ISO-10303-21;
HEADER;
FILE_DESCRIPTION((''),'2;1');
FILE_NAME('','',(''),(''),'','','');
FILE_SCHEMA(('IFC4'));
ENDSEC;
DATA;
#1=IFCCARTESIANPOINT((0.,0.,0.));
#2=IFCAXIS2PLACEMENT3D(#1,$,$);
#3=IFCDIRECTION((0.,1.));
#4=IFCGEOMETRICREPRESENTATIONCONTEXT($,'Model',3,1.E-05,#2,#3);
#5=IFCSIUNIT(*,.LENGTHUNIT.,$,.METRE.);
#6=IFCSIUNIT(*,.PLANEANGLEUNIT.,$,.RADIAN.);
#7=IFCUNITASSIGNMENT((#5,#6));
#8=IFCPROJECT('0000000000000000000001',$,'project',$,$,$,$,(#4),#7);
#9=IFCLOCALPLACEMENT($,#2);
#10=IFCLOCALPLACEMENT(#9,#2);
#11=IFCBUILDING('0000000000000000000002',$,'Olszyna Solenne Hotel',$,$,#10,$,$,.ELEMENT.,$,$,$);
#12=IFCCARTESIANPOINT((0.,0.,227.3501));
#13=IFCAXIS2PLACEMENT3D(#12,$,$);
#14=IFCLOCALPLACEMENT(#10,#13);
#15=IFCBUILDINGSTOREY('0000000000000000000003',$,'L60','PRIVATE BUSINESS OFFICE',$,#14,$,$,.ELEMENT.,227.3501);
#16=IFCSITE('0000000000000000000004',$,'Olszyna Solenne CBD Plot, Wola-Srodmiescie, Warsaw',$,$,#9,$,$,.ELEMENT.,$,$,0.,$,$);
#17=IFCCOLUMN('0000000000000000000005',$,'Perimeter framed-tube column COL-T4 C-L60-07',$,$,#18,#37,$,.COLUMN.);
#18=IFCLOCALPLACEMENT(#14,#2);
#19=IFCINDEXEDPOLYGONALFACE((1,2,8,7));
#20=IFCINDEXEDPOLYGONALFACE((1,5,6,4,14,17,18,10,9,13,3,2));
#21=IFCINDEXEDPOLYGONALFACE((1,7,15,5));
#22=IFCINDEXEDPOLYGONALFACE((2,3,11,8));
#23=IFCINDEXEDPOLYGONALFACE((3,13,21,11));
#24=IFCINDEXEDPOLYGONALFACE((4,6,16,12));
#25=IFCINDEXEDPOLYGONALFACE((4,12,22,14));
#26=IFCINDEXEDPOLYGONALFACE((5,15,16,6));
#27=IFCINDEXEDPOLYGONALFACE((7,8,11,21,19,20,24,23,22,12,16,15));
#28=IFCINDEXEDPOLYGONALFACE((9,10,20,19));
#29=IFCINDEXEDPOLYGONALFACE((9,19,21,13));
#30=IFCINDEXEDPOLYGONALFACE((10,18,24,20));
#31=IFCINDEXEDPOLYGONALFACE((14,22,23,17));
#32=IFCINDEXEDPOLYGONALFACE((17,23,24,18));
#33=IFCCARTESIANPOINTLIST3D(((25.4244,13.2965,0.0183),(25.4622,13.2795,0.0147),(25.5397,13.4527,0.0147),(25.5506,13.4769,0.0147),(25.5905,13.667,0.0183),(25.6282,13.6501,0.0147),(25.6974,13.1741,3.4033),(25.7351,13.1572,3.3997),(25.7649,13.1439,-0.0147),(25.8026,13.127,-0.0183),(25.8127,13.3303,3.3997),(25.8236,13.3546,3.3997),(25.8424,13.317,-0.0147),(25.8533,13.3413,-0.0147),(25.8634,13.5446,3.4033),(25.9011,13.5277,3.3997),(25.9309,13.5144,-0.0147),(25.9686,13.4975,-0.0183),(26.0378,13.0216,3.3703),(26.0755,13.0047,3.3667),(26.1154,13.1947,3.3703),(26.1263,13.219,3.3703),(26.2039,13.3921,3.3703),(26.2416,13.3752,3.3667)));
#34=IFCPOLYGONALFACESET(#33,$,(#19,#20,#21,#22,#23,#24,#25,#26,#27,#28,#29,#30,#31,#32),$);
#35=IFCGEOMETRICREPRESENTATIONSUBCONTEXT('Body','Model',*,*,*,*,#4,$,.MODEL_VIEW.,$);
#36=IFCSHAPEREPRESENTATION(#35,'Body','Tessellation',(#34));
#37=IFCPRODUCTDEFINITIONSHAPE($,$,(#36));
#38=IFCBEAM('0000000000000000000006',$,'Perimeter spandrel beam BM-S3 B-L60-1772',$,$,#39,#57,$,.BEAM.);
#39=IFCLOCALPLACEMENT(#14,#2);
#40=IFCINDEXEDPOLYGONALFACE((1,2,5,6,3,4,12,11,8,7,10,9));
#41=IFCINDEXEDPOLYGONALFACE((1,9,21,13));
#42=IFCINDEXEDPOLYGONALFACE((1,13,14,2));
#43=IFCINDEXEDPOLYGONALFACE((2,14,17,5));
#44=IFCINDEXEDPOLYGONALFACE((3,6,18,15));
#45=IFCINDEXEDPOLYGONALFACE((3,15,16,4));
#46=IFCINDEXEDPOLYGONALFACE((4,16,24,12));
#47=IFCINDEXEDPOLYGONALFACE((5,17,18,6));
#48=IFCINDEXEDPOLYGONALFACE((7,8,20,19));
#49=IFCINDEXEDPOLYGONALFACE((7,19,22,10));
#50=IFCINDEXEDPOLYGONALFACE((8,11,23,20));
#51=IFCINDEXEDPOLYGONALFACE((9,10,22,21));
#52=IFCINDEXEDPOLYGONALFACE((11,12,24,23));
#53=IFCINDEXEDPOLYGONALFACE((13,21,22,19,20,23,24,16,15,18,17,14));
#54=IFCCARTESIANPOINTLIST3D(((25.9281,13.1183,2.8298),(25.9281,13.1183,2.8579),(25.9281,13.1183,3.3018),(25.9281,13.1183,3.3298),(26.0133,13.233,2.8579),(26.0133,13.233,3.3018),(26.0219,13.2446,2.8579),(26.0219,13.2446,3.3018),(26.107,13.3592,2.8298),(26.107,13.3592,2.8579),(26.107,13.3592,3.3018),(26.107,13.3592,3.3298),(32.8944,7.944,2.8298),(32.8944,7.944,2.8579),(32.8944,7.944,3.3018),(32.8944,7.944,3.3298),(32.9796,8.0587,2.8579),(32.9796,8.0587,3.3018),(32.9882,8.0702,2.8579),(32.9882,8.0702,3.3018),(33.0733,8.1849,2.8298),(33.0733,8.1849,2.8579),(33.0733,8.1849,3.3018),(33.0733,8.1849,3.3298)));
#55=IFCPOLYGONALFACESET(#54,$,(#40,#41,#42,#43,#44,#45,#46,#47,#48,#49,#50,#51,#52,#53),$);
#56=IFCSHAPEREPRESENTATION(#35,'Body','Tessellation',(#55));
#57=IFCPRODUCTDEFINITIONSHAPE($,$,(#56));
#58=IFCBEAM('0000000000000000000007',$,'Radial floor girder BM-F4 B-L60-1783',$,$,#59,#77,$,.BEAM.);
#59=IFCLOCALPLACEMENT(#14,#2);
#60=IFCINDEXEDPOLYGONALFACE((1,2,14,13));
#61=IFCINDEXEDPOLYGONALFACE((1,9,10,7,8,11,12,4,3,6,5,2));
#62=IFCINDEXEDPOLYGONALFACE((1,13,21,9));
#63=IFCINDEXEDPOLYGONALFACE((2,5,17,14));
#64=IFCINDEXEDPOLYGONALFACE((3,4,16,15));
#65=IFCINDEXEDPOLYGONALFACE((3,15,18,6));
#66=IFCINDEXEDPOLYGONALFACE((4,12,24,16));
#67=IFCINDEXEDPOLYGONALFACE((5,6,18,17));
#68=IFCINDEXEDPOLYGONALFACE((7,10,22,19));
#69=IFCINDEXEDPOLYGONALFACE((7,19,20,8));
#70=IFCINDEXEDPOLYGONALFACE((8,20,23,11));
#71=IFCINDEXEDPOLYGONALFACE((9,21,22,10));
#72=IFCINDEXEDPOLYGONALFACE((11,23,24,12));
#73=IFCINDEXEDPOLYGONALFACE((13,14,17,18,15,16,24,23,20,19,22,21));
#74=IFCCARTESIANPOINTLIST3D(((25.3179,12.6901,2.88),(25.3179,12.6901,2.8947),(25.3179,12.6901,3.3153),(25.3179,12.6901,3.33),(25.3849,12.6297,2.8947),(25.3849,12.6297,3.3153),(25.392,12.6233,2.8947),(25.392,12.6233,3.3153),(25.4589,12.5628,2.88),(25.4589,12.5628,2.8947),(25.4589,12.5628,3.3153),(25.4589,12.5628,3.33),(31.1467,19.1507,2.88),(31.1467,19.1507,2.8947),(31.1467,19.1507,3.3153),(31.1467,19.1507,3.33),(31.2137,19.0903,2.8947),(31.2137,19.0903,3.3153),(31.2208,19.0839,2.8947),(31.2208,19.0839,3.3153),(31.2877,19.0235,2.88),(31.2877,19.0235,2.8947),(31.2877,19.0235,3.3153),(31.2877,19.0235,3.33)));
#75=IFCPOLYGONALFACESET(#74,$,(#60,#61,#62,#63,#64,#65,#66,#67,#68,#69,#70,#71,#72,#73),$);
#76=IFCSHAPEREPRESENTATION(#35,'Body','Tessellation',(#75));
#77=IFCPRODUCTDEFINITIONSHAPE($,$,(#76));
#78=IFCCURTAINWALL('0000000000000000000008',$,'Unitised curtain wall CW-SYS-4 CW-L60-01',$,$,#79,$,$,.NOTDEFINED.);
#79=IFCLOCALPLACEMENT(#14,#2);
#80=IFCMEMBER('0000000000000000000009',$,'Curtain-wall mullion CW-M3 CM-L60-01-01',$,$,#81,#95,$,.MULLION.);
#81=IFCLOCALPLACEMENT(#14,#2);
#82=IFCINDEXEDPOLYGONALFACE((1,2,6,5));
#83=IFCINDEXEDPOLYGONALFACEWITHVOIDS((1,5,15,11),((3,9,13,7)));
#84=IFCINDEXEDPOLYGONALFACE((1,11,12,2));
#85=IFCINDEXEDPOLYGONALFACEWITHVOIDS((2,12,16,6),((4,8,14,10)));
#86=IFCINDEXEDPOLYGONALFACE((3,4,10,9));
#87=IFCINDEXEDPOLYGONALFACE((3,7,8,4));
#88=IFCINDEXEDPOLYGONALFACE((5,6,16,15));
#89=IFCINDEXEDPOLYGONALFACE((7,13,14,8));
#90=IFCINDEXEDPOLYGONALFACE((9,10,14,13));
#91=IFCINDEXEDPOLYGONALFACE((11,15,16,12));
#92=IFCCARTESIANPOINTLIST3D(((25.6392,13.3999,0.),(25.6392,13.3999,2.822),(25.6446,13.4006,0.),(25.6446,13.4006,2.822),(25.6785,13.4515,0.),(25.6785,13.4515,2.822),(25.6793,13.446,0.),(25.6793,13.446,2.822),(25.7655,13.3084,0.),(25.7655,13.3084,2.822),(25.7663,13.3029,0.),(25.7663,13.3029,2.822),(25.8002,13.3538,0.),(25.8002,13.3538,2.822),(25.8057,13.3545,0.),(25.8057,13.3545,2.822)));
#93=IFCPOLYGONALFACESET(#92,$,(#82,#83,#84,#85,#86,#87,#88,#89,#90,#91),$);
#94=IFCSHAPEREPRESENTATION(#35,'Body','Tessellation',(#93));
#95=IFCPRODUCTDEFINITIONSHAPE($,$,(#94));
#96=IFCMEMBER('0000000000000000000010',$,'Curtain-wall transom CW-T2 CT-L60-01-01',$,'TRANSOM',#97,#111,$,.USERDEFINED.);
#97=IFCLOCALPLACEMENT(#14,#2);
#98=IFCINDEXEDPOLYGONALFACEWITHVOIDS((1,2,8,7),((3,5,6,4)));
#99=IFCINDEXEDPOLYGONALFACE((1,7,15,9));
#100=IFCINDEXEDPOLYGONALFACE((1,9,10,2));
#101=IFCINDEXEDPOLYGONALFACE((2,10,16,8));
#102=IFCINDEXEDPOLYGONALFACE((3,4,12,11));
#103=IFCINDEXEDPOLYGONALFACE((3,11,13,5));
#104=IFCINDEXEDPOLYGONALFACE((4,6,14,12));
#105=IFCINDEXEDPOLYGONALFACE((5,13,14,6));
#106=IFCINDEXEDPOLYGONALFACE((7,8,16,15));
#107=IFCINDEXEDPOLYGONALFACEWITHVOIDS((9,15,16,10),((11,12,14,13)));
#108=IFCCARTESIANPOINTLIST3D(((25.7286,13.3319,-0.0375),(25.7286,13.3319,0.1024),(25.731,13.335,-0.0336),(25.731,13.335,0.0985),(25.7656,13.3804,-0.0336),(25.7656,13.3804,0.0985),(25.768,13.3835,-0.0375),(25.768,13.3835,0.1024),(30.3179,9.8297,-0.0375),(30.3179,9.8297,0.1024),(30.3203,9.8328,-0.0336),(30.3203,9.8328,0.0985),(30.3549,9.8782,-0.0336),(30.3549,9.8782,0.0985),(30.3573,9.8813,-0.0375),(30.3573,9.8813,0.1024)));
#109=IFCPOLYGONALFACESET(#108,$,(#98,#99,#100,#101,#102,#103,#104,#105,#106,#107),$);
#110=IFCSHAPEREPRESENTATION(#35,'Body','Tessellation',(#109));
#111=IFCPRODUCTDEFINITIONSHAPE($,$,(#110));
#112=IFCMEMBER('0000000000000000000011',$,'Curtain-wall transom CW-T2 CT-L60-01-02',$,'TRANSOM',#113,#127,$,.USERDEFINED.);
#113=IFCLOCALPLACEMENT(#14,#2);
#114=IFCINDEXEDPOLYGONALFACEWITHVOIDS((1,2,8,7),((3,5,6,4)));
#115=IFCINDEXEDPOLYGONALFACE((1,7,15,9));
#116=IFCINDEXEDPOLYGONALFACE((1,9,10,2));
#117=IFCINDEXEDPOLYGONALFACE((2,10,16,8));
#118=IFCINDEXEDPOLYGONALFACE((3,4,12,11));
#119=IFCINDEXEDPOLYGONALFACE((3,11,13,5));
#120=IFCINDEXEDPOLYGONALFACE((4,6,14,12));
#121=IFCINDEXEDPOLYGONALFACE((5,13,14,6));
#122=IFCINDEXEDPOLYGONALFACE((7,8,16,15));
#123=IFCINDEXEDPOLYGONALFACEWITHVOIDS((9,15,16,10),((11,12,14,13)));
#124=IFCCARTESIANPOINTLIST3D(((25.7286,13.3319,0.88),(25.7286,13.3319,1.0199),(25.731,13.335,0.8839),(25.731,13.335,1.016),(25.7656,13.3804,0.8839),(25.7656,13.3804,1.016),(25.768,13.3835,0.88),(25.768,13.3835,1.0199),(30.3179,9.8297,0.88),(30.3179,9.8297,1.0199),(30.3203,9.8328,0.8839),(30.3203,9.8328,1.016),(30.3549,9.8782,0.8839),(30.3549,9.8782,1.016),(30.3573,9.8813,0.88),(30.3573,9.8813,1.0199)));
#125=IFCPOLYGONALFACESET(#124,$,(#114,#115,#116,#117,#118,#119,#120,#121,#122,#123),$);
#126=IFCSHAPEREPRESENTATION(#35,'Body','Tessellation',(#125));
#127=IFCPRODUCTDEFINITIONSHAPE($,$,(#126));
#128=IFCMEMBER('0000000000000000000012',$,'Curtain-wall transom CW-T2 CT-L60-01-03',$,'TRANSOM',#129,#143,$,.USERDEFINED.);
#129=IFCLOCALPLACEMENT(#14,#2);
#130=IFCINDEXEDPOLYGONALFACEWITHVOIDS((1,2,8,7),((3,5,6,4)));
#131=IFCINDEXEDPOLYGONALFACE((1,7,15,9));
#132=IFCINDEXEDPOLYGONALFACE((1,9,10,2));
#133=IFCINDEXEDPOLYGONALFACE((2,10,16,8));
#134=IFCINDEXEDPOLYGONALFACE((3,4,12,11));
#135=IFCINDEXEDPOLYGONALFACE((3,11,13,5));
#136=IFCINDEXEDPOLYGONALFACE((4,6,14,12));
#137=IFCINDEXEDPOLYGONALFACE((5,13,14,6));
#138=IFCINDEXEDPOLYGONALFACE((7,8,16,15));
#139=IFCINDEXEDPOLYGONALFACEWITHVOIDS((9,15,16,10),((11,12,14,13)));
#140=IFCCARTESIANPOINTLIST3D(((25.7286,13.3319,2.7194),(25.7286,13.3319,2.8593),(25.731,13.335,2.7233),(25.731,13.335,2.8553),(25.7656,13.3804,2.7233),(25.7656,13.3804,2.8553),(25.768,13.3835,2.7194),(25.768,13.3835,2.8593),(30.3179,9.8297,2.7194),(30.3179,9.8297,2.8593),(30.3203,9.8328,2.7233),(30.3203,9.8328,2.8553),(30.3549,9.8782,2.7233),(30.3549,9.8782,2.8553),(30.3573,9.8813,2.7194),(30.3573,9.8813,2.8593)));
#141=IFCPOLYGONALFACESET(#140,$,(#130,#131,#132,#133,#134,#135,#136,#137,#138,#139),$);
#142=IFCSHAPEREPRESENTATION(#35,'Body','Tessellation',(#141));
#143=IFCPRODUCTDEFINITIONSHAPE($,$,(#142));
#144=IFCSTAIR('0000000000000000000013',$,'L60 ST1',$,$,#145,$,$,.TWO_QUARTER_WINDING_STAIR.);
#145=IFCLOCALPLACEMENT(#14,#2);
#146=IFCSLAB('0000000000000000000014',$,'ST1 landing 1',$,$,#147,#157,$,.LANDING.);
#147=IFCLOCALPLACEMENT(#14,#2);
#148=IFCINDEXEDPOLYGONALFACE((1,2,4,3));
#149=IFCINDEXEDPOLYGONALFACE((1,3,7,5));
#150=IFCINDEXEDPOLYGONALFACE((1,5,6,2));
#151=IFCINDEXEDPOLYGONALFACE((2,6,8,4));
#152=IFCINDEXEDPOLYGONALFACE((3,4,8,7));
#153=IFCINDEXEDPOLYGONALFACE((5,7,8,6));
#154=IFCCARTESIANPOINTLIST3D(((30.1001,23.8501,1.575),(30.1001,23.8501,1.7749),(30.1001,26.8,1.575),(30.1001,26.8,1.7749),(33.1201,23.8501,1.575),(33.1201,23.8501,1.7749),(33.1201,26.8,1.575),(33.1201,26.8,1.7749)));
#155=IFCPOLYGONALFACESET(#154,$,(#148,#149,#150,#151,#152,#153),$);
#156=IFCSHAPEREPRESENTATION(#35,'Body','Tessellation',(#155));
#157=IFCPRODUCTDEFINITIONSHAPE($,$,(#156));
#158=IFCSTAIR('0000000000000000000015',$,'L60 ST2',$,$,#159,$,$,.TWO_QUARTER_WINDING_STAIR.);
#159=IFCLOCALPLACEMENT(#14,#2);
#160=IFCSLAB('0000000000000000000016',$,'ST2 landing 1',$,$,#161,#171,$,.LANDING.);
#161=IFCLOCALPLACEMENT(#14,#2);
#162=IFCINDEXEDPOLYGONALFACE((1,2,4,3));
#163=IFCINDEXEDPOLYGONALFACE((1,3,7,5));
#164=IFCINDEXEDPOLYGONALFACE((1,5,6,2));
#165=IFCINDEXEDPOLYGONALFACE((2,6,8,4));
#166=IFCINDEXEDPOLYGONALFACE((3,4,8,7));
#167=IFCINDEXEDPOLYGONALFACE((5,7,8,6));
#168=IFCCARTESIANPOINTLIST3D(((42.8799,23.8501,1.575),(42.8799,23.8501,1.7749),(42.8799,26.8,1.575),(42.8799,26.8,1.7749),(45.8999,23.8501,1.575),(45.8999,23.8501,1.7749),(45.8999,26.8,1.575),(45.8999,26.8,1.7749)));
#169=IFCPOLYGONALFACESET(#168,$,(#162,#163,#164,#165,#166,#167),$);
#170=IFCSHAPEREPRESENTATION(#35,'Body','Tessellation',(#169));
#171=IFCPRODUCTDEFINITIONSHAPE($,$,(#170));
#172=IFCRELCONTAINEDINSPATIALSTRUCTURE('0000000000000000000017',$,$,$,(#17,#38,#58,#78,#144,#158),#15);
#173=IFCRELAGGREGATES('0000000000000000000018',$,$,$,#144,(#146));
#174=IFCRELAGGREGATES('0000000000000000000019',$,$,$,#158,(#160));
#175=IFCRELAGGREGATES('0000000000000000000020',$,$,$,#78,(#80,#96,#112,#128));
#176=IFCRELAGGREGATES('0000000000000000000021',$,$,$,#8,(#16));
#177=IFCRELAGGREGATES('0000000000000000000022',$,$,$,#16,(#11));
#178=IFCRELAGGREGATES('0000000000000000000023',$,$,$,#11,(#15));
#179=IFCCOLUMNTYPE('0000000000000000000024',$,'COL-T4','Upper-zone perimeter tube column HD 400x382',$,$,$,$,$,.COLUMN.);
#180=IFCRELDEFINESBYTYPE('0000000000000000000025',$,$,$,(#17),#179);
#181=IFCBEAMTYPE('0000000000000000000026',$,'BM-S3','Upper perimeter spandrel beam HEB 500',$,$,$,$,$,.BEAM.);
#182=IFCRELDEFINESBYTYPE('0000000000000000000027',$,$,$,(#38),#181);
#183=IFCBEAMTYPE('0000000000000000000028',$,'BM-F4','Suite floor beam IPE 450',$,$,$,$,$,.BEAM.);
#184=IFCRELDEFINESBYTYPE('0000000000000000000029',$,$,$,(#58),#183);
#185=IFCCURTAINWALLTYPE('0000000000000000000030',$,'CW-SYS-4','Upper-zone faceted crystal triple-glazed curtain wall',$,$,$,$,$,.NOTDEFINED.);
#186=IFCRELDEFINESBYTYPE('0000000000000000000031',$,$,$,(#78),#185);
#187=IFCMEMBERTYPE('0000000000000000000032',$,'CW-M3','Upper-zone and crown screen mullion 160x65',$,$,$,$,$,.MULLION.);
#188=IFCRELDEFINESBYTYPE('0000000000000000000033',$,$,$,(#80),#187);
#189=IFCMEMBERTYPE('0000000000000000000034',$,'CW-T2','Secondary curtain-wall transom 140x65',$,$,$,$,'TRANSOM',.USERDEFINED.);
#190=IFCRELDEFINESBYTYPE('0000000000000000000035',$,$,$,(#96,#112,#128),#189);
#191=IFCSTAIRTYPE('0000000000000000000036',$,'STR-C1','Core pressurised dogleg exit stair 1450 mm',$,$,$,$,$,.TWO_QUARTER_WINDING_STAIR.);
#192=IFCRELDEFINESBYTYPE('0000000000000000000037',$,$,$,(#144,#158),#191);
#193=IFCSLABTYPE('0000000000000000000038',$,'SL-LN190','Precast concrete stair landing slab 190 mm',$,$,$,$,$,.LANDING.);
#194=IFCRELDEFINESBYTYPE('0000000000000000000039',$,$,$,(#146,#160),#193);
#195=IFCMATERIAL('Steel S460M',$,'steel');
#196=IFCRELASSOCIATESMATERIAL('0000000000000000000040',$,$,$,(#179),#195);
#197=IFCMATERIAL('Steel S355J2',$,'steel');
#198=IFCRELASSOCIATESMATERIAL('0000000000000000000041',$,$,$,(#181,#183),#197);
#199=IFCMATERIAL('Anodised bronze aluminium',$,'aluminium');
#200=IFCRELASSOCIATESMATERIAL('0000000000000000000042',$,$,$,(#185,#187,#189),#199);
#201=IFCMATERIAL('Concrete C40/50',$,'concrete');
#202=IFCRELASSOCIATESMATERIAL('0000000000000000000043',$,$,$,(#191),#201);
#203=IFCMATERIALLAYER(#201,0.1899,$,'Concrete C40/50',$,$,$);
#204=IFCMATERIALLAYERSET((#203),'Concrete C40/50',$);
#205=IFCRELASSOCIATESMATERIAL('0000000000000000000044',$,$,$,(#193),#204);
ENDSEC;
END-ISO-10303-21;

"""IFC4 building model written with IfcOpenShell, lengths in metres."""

from ifc_helpers import new_model, si_unit, direction, frame, origin, origin_2d, place, context, subcontext, project, spatial, polyline, hollow_rectangle, i_section, outline, extrude, source, transform, mapped, material, layer, layer_set, material_profile, profile_set, type_object, element, aggregate, save


model = new_model("IFC4")

# Units and contexts
model_context = context("Model", 3, precision=1e-05, world=origin(), true_north=direction((0.0, 1.0)))
body_context = subcontext(model_context, "Body", "Model", "MODEL_VIEW")
ifc_project = project(units=[si_unit("LENGTHUNIT", "METRE"), si_unit("PLANEANGLEUNIT", "RADIAN")], contexts=[model_context])

# Site, building, storey
site_placement = place(None, origin())
site = spatial("IfcSite", under=ifc_project, at=site_placement, Name="Olszyna Solenne CBD Plot, Wola-Srodmiescie, Warsaw", CompositionType="ELEMENT", RefElevation=0.0)
building_placement = place(site_placement, origin())
building = spatial("IfcBuilding", under=site, at=building_placement, Name="Olszyna Solenne Hotel", CompositionType="ELEMENT")
storey_placement = place(building_placement, frame((0.0, 0.0, 227.3501)))
storey = spatial("IfcBuildingStorey", under=building, at=storey_placement, Name="L60", Description="PRIVATE BUSINESS OFFICE", CompositionType="ELEMENT", Elevation=227.3501)

# Column
ifc_material_1 = material(Name="Steel S460M", Category="steel")
ifc_material_profile_1 = material_profile(ifc_material_1, i_section(OverallWidth=0.406, OverallDepth=0.416, WebThickness=0.0266, FlangeThickness=0.0415, at=origin_2d()), Name="HD 400x382", Category="load-bearing")
ifc_profile_set_1 = profile_set([ifc_material_profile_1], Name="Steel S460M")
column_type = type_object("IfcColumnType", Name="COL-T4", Description="Upper-zone perimeter tube column HD 400x382", PredefinedType="COLUMN", material=ifc_profile_set_1)
shared_shape_1 = source(origin(), body_context, "Body", "SweptSolid", [
    extrude(i_section(OverallWidth=0.406, OverallDepth=0.416, WebThickness=0.0266, FlangeThickness=0.0415, at=origin_2d()), origin(), (0.0, 0.0, 1.0), 3.3982),
])
column_placement = place(storey_placement, frame((25.6965, 13.397, 0.0), z_axis=(0.080322, -0.035994, 0.996119), x_axis=(0.408939, 0.912562, 0.0)))
element("IfcColumn", 1, at=column_placement, inside=storey, type_object=column_type, Name="Perimeter framed-tube column COL-T4 C-L60-07", PredefinedType="COLUMN", context=body_context, shape_type="MappedRepresentation", body=[
    mapped(shared_shape_1, transform((0.0, 0.0, 0.0), x_axis=(1.0, 0.0, 0.0), y_axis=(0.0, 1.0, 0.0), z_axis=(0.0, 0.0, 1.0), scale=1.0)),
])

# Beams
ifc_material_2 = material(Name="Steel S355J2", Category="steel")
ifc_material_profile_2 = material_profile(ifc_material_2, i_section(OverallWidth=0.3, OverallDepth=0.5, WebThickness=0.0144, FlangeThickness=0.0281, at=origin_2d()), Name="HEB 500", Category="load-bearing")
ifc_profile_set_2 = profile_set([ifc_material_profile_2], Name="Steel S355J2")
beam_type_1 = type_object("IfcBeamType", Name="BM-S3", Description="Upper perimeter spandrel beam HEB 500", PredefinedType="BEAM", material=ifc_profile_set_2)
shared_shape_2 = source(origin(), body_context, "Body", "SweptSolid", [
    extrude(i_section(OverallWidth=0.3, OverallDepth=0.5, WebThickness=0.0144, FlangeThickness=0.0281, at=origin_2d()), origin(), (0.0, 0.0, 1.0), 8.6777),
])
beam_1_placement = place(storey_placement, frame((26.0176, 13.2388, 3.0798), z_axis=(0.80278, -0.596275, 0.0), x_axis=(0.596275, 0.80278, 0.0)))
element("IfcBeam", 2, at=beam_1_placement, inside=storey, type_object=beam_type_1, Name="Perimeter spandrel beam BM-S3 B-L60-1772", PredefinedType="BEAM", context=body_context, shape_type="MappedRepresentation", body=[
    mapped(shared_shape_2, transform((0.0, 0.0, 0.0), x_axis=(1.0, 0.0, 0.0), y_axis=(0.0, 1.0, 0.0), z_axis=(0.0, 0.0, 1.0), scale=1.0)),
])
ifc_material_profile_3 = material_profile(ifc_material_2, i_section(OverallWidth=0.1899, OverallDepth=0.45, WebThickness=0.0095, FlangeThickness=0.0146, at=origin_2d()), Name="IPE 450", Category="load-bearing")
ifc_profile_set_3 = profile_set([ifc_material_profile_3], Name="Steel S355J2")
beam_type_2 = type_object("IfcBeamType", Name="BM-F4", Description="Suite floor beam IPE 450", PredefinedType="BEAM", material=ifc_profile_set_3)
shared_shape_3 = source(origin(), body_context, "Body", "SweptSolid", [
    extrude(i_section(OverallWidth=0.1899, OverallDepth=0.45, WebThickness=0.0095, FlangeThickness=0.0146, at=origin_2d()), origin(), (0.0, 0.0, 1.0), 8.7014),
])
beam_2_placement = place(storey_placement, frame((25.3884, 12.6265, 3.105), z_axis=(0.669868, 0.74248, 0.0), x_axis=(-0.74248, 0.669868, 0.0)))
element("IfcBeam", 3, at=beam_2_placement, inside=storey, type_object=beam_type_2, Name="Radial floor girder BM-F4 B-L60-1783", PredefinedType="BEAM", context=body_context, shape_type="MappedRepresentation", body=[
    mapped(shared_shape_3, transform((0.0, 0.0, 0.0), x_axis=(1.0, 0.0, 0.0), y_axis=(0.0, 1.0, 0.0), z_axis=(0.0, 0.0, 1.0), scale=1.0)),
])

# Curtain wall, members
ifc_material_3 = material(Name="Anodised bronze aluminium", Category="aluminium")
curtain_wall_type = type_object("IfcCurtainWallType", Name="CW-SYS-4", Description="Upper-zone faceted crystal triple-glazed curtain wall", PredefinedType="NOTDEFINED", material=ifc_material_3)
curtain_wall_placement = place(storey_placement, origin())
curtain_wall = element("IfcCurtainWall", 4, at=curtain_wall_placement, inside=storey, type_object=curtain_wall_type, Name="Unitised curtain wall CW-SYS-4 CW-L60-01", PredefinedType="NOTDEFINED")
ifc_material_profile_4 = material_profile(ifc_material_3, hollow_rectangle(XDim=0.0649, YDim=0.1599, WallThickness=0.0039, at=origin_2d()), Name="MULL 160x65x4", Category="load-bearing")
ifc_profile_set_4 = profile_set([ifc_material_profile_4], Name="Anodised bronze aluminium")
member_type_1 = type_object("IfcMemberType", Name="CW-M3", Description="Upper-zone and crown screen mullion 160x65", PredefinedType="MULLION", material=ifc_profile_set_4)
shared_shape_4 = source(origin(), body_context, "Body", "SweptSolid", [
    extrude(hollow_rectangle(XDim=0.0649, YDim=0.1599, WallThickness=0.0039, at=origin_2d()), origin(), (0.0, 0.0, 1.0), 2.822),
])
member_1_placement = place(storey_placement, frame((25.7224, 13.3772, 0.0), z_axis=(0.0, 0.0, 1.0), x_axis=(0.606611, 0.794999, 0.0)))
member_1 = element("IfcMember", 5, at=member_1_placement, type_object=member_type_1, Name="Curtain-wall mullion CW-M3 CM-L60-01-01", PredefinedType="MULLION", context=body_context, shape_type="MappedRepresentation", body=[
    mapped(shared_shape_4, transform((0.0, 0.0, 0.0), x_axis=(1.0, 0.0, 0.0), y_axis=(0.0, 1.0, 0.0), z_axis=(0.0, 0.0, 1.0), scale=1.0)),
])
ifc_material_profile_5 = material_profile(ifc_material_3, hollow_rectangle(XDim=0.0649, YDim=0.1399, WallThickness=0.0039, at=origin_2d()), Name="TRAN 140x65x4", Category="load-bearing")
ifc_profile_set_5 = profile_set([ifc_material_profile_5], Name="Anodised bronze aluminium")
member_type_2 = type_object("IfcMemberType", Name="CW-T2", Description="Secondary curtain-wall transom 140x65", ElementType="TRANSOM", PredefinedType="USERDEFINED", material=ifc_profile_set_5)
shared_shape_5 = source(origin(), body_context, "Body", "SweptSolid", [
    extrude(hollow_rectangle(XDim=0.0649, YDim=0.1399, WallThickness=0.0039, at=origin_2d()), origin(), (0.0, 0.0, 1.0), 5.7729),
])
member_2_placement = place(storey_placement, frame((25.7483, 13.3577, 0.0325), z_axis=(0.794968, -0.606651, 0.0), x_axis=(0.606651, 0.794968, 0.0)))
member_2 = element("IfcMember", 6, at=member_2_placement, type_object=member_type_2, Name="Curtain-wall transom CW-T2 CT-L60-01-01", ObjectType="TRANSOM", PredefinedType="USERDEFINED", context=body_context, shape_type="MappedRepresentation", body=[
    mapped(shared_shape_5, transform((0.0, 0.0, 0.0), x_axis=(1.0, 0.0, 0.0), y_axis=(0.0, 1.0, 0.0), z_axis=(0.0, 0.0, 1.0), scale=1.0)),
])
member_3_placement = place(storey_placement, frame((25.7483, 13.3577, 0.95), z_axis=(0.794968, -0.606651, 0.0), x_axis=(0.606651, 0.794968, 0.0)))
member_3 = element("IfcMember", 7, at=member_3_placement, type_object=member_type_2, Name="Curtain-wall transom CW-T2 CT-L60-01-02", ObjectType="TRANSOM", PredefinedType="USERDEFINED", context=body_context, shape_type="MappedRepresentation", body=[
    mapped(shared_shape_5, transform((0.0, 0.0, 0.0), x_axis=(1.0, 0.0, 0.0), y_axis=(0.0, 1.0, 0.0), z_axis=(0.0, 0.0, 1.0), scale=1.0)),
])
member_4_placement = place(storey_placement, frame((25.7483, 13.3577, 2.7893), z_axis=(0.794968, -0.606651, 0.0), x_axis=(0.606651, 0.794968, 0.0)))
member_4 = element("IfcMember", 8, at=member_4_placement, type_object=member_type_2, Name="Curtain-wall transom CW-T2 CT-L60-01-03", ObjectType="TRANSOM", PredefinedType="USERDEFINED", context=body_context, shape_type="MappedRepresentation", body=[
    mapped(shared_shape_5, transform((0.0, 0.0, 0.0), x_axis=(1.0, 0.0, 0.0), y_axis=(0.0, 1.0, 0.0), z_axis=(0.0, 0.0, 1.0), scale=1.0)),
])

# Stairs, slabs
ifc_material_4 = material(Name="Concrete C40/50", Category="concrete")
stair_type = type_object("IfcStairType", Name="STR-C1", Description="Core pressurised dogleg exit stair 1450 mm", PredefinedType="TWO_QUARTER_WINDING_STAIR", material=ifc_material_4)
stair_1_placement = place(storey_placement, origin())
stair_1 = element("IfcStair", 9, at=stair_1_placement, inside=storey, type_object=stair_type, Name="L60 ST1", PredefinedType="TWO_QUARTER_WINDING_STAIR")
ifc_layer_1 = layer(ifc_material_4, 0.1899, Name="Concrete C40/50")
ifc_layer_set_1 = layer_set([ifc_layer_1], Name="Concrete C40/50")
slab_type_1 = type_object("IfcSlabType", Name="SL-LN190", Description="Precast concrete stair landing slab 190 mm", PredefinedType="LANDING", material=ifc_layer_set_1)
slab_1_placement = place(storey_placement, frame((0.0, 0.0, 1.575)))
slab_1 = element("IfcSlab", 10, at=slab_1_placement, type_object=slab_type_1, Name="ST1 landing 1", PredefinedType="LANDING", context=body_context, shape_type="SweptSolid", body=[
    extrude(outline(polyline([(33.1201, 23.8501), (33.1201, 26.8), (30.1001, 26.8), (30.1001, 23.8501), (33.1201, 23.8501)])), origin(), (0.0, 0.0, 1.0), 0.2),
])
aggregate(stair_1, [slab_1])
stair_2_placement = place(storey_placement, origin())
stair_2 = element("IfcStair", 11, at=stair_2_placement, inside=storey, type_object=stair_type, Name="L60 ST2", PredefinedType="TWO_QUARTER_WINDING_STAIR")
slab_2_placement = place(storey_placement, frame((0.0, 0.0, 1.575)))
slab_2 = element("IfcSlab", 12, at=slab_2_placement, type_object=slab_type_1, Name="ST2 landing 1", PredefinedType="LANDING", context=body_context, shape_type="SweptSolid", body=[
    extrude(outline(polyline([(45.8999, 23.8501), (45.8999, 26.8), (42.8799, 26.8), (42.8799, 23.8501), (45.8999, 23.8501)])), origin(), (0.0, 0.0, 1.0), 0.2),
])
aggregate(stair_2, [slab_2])

aggregate(curtain_wall, [member_1, member_2, member_3, member_4])

save(model, "model.ifc")
